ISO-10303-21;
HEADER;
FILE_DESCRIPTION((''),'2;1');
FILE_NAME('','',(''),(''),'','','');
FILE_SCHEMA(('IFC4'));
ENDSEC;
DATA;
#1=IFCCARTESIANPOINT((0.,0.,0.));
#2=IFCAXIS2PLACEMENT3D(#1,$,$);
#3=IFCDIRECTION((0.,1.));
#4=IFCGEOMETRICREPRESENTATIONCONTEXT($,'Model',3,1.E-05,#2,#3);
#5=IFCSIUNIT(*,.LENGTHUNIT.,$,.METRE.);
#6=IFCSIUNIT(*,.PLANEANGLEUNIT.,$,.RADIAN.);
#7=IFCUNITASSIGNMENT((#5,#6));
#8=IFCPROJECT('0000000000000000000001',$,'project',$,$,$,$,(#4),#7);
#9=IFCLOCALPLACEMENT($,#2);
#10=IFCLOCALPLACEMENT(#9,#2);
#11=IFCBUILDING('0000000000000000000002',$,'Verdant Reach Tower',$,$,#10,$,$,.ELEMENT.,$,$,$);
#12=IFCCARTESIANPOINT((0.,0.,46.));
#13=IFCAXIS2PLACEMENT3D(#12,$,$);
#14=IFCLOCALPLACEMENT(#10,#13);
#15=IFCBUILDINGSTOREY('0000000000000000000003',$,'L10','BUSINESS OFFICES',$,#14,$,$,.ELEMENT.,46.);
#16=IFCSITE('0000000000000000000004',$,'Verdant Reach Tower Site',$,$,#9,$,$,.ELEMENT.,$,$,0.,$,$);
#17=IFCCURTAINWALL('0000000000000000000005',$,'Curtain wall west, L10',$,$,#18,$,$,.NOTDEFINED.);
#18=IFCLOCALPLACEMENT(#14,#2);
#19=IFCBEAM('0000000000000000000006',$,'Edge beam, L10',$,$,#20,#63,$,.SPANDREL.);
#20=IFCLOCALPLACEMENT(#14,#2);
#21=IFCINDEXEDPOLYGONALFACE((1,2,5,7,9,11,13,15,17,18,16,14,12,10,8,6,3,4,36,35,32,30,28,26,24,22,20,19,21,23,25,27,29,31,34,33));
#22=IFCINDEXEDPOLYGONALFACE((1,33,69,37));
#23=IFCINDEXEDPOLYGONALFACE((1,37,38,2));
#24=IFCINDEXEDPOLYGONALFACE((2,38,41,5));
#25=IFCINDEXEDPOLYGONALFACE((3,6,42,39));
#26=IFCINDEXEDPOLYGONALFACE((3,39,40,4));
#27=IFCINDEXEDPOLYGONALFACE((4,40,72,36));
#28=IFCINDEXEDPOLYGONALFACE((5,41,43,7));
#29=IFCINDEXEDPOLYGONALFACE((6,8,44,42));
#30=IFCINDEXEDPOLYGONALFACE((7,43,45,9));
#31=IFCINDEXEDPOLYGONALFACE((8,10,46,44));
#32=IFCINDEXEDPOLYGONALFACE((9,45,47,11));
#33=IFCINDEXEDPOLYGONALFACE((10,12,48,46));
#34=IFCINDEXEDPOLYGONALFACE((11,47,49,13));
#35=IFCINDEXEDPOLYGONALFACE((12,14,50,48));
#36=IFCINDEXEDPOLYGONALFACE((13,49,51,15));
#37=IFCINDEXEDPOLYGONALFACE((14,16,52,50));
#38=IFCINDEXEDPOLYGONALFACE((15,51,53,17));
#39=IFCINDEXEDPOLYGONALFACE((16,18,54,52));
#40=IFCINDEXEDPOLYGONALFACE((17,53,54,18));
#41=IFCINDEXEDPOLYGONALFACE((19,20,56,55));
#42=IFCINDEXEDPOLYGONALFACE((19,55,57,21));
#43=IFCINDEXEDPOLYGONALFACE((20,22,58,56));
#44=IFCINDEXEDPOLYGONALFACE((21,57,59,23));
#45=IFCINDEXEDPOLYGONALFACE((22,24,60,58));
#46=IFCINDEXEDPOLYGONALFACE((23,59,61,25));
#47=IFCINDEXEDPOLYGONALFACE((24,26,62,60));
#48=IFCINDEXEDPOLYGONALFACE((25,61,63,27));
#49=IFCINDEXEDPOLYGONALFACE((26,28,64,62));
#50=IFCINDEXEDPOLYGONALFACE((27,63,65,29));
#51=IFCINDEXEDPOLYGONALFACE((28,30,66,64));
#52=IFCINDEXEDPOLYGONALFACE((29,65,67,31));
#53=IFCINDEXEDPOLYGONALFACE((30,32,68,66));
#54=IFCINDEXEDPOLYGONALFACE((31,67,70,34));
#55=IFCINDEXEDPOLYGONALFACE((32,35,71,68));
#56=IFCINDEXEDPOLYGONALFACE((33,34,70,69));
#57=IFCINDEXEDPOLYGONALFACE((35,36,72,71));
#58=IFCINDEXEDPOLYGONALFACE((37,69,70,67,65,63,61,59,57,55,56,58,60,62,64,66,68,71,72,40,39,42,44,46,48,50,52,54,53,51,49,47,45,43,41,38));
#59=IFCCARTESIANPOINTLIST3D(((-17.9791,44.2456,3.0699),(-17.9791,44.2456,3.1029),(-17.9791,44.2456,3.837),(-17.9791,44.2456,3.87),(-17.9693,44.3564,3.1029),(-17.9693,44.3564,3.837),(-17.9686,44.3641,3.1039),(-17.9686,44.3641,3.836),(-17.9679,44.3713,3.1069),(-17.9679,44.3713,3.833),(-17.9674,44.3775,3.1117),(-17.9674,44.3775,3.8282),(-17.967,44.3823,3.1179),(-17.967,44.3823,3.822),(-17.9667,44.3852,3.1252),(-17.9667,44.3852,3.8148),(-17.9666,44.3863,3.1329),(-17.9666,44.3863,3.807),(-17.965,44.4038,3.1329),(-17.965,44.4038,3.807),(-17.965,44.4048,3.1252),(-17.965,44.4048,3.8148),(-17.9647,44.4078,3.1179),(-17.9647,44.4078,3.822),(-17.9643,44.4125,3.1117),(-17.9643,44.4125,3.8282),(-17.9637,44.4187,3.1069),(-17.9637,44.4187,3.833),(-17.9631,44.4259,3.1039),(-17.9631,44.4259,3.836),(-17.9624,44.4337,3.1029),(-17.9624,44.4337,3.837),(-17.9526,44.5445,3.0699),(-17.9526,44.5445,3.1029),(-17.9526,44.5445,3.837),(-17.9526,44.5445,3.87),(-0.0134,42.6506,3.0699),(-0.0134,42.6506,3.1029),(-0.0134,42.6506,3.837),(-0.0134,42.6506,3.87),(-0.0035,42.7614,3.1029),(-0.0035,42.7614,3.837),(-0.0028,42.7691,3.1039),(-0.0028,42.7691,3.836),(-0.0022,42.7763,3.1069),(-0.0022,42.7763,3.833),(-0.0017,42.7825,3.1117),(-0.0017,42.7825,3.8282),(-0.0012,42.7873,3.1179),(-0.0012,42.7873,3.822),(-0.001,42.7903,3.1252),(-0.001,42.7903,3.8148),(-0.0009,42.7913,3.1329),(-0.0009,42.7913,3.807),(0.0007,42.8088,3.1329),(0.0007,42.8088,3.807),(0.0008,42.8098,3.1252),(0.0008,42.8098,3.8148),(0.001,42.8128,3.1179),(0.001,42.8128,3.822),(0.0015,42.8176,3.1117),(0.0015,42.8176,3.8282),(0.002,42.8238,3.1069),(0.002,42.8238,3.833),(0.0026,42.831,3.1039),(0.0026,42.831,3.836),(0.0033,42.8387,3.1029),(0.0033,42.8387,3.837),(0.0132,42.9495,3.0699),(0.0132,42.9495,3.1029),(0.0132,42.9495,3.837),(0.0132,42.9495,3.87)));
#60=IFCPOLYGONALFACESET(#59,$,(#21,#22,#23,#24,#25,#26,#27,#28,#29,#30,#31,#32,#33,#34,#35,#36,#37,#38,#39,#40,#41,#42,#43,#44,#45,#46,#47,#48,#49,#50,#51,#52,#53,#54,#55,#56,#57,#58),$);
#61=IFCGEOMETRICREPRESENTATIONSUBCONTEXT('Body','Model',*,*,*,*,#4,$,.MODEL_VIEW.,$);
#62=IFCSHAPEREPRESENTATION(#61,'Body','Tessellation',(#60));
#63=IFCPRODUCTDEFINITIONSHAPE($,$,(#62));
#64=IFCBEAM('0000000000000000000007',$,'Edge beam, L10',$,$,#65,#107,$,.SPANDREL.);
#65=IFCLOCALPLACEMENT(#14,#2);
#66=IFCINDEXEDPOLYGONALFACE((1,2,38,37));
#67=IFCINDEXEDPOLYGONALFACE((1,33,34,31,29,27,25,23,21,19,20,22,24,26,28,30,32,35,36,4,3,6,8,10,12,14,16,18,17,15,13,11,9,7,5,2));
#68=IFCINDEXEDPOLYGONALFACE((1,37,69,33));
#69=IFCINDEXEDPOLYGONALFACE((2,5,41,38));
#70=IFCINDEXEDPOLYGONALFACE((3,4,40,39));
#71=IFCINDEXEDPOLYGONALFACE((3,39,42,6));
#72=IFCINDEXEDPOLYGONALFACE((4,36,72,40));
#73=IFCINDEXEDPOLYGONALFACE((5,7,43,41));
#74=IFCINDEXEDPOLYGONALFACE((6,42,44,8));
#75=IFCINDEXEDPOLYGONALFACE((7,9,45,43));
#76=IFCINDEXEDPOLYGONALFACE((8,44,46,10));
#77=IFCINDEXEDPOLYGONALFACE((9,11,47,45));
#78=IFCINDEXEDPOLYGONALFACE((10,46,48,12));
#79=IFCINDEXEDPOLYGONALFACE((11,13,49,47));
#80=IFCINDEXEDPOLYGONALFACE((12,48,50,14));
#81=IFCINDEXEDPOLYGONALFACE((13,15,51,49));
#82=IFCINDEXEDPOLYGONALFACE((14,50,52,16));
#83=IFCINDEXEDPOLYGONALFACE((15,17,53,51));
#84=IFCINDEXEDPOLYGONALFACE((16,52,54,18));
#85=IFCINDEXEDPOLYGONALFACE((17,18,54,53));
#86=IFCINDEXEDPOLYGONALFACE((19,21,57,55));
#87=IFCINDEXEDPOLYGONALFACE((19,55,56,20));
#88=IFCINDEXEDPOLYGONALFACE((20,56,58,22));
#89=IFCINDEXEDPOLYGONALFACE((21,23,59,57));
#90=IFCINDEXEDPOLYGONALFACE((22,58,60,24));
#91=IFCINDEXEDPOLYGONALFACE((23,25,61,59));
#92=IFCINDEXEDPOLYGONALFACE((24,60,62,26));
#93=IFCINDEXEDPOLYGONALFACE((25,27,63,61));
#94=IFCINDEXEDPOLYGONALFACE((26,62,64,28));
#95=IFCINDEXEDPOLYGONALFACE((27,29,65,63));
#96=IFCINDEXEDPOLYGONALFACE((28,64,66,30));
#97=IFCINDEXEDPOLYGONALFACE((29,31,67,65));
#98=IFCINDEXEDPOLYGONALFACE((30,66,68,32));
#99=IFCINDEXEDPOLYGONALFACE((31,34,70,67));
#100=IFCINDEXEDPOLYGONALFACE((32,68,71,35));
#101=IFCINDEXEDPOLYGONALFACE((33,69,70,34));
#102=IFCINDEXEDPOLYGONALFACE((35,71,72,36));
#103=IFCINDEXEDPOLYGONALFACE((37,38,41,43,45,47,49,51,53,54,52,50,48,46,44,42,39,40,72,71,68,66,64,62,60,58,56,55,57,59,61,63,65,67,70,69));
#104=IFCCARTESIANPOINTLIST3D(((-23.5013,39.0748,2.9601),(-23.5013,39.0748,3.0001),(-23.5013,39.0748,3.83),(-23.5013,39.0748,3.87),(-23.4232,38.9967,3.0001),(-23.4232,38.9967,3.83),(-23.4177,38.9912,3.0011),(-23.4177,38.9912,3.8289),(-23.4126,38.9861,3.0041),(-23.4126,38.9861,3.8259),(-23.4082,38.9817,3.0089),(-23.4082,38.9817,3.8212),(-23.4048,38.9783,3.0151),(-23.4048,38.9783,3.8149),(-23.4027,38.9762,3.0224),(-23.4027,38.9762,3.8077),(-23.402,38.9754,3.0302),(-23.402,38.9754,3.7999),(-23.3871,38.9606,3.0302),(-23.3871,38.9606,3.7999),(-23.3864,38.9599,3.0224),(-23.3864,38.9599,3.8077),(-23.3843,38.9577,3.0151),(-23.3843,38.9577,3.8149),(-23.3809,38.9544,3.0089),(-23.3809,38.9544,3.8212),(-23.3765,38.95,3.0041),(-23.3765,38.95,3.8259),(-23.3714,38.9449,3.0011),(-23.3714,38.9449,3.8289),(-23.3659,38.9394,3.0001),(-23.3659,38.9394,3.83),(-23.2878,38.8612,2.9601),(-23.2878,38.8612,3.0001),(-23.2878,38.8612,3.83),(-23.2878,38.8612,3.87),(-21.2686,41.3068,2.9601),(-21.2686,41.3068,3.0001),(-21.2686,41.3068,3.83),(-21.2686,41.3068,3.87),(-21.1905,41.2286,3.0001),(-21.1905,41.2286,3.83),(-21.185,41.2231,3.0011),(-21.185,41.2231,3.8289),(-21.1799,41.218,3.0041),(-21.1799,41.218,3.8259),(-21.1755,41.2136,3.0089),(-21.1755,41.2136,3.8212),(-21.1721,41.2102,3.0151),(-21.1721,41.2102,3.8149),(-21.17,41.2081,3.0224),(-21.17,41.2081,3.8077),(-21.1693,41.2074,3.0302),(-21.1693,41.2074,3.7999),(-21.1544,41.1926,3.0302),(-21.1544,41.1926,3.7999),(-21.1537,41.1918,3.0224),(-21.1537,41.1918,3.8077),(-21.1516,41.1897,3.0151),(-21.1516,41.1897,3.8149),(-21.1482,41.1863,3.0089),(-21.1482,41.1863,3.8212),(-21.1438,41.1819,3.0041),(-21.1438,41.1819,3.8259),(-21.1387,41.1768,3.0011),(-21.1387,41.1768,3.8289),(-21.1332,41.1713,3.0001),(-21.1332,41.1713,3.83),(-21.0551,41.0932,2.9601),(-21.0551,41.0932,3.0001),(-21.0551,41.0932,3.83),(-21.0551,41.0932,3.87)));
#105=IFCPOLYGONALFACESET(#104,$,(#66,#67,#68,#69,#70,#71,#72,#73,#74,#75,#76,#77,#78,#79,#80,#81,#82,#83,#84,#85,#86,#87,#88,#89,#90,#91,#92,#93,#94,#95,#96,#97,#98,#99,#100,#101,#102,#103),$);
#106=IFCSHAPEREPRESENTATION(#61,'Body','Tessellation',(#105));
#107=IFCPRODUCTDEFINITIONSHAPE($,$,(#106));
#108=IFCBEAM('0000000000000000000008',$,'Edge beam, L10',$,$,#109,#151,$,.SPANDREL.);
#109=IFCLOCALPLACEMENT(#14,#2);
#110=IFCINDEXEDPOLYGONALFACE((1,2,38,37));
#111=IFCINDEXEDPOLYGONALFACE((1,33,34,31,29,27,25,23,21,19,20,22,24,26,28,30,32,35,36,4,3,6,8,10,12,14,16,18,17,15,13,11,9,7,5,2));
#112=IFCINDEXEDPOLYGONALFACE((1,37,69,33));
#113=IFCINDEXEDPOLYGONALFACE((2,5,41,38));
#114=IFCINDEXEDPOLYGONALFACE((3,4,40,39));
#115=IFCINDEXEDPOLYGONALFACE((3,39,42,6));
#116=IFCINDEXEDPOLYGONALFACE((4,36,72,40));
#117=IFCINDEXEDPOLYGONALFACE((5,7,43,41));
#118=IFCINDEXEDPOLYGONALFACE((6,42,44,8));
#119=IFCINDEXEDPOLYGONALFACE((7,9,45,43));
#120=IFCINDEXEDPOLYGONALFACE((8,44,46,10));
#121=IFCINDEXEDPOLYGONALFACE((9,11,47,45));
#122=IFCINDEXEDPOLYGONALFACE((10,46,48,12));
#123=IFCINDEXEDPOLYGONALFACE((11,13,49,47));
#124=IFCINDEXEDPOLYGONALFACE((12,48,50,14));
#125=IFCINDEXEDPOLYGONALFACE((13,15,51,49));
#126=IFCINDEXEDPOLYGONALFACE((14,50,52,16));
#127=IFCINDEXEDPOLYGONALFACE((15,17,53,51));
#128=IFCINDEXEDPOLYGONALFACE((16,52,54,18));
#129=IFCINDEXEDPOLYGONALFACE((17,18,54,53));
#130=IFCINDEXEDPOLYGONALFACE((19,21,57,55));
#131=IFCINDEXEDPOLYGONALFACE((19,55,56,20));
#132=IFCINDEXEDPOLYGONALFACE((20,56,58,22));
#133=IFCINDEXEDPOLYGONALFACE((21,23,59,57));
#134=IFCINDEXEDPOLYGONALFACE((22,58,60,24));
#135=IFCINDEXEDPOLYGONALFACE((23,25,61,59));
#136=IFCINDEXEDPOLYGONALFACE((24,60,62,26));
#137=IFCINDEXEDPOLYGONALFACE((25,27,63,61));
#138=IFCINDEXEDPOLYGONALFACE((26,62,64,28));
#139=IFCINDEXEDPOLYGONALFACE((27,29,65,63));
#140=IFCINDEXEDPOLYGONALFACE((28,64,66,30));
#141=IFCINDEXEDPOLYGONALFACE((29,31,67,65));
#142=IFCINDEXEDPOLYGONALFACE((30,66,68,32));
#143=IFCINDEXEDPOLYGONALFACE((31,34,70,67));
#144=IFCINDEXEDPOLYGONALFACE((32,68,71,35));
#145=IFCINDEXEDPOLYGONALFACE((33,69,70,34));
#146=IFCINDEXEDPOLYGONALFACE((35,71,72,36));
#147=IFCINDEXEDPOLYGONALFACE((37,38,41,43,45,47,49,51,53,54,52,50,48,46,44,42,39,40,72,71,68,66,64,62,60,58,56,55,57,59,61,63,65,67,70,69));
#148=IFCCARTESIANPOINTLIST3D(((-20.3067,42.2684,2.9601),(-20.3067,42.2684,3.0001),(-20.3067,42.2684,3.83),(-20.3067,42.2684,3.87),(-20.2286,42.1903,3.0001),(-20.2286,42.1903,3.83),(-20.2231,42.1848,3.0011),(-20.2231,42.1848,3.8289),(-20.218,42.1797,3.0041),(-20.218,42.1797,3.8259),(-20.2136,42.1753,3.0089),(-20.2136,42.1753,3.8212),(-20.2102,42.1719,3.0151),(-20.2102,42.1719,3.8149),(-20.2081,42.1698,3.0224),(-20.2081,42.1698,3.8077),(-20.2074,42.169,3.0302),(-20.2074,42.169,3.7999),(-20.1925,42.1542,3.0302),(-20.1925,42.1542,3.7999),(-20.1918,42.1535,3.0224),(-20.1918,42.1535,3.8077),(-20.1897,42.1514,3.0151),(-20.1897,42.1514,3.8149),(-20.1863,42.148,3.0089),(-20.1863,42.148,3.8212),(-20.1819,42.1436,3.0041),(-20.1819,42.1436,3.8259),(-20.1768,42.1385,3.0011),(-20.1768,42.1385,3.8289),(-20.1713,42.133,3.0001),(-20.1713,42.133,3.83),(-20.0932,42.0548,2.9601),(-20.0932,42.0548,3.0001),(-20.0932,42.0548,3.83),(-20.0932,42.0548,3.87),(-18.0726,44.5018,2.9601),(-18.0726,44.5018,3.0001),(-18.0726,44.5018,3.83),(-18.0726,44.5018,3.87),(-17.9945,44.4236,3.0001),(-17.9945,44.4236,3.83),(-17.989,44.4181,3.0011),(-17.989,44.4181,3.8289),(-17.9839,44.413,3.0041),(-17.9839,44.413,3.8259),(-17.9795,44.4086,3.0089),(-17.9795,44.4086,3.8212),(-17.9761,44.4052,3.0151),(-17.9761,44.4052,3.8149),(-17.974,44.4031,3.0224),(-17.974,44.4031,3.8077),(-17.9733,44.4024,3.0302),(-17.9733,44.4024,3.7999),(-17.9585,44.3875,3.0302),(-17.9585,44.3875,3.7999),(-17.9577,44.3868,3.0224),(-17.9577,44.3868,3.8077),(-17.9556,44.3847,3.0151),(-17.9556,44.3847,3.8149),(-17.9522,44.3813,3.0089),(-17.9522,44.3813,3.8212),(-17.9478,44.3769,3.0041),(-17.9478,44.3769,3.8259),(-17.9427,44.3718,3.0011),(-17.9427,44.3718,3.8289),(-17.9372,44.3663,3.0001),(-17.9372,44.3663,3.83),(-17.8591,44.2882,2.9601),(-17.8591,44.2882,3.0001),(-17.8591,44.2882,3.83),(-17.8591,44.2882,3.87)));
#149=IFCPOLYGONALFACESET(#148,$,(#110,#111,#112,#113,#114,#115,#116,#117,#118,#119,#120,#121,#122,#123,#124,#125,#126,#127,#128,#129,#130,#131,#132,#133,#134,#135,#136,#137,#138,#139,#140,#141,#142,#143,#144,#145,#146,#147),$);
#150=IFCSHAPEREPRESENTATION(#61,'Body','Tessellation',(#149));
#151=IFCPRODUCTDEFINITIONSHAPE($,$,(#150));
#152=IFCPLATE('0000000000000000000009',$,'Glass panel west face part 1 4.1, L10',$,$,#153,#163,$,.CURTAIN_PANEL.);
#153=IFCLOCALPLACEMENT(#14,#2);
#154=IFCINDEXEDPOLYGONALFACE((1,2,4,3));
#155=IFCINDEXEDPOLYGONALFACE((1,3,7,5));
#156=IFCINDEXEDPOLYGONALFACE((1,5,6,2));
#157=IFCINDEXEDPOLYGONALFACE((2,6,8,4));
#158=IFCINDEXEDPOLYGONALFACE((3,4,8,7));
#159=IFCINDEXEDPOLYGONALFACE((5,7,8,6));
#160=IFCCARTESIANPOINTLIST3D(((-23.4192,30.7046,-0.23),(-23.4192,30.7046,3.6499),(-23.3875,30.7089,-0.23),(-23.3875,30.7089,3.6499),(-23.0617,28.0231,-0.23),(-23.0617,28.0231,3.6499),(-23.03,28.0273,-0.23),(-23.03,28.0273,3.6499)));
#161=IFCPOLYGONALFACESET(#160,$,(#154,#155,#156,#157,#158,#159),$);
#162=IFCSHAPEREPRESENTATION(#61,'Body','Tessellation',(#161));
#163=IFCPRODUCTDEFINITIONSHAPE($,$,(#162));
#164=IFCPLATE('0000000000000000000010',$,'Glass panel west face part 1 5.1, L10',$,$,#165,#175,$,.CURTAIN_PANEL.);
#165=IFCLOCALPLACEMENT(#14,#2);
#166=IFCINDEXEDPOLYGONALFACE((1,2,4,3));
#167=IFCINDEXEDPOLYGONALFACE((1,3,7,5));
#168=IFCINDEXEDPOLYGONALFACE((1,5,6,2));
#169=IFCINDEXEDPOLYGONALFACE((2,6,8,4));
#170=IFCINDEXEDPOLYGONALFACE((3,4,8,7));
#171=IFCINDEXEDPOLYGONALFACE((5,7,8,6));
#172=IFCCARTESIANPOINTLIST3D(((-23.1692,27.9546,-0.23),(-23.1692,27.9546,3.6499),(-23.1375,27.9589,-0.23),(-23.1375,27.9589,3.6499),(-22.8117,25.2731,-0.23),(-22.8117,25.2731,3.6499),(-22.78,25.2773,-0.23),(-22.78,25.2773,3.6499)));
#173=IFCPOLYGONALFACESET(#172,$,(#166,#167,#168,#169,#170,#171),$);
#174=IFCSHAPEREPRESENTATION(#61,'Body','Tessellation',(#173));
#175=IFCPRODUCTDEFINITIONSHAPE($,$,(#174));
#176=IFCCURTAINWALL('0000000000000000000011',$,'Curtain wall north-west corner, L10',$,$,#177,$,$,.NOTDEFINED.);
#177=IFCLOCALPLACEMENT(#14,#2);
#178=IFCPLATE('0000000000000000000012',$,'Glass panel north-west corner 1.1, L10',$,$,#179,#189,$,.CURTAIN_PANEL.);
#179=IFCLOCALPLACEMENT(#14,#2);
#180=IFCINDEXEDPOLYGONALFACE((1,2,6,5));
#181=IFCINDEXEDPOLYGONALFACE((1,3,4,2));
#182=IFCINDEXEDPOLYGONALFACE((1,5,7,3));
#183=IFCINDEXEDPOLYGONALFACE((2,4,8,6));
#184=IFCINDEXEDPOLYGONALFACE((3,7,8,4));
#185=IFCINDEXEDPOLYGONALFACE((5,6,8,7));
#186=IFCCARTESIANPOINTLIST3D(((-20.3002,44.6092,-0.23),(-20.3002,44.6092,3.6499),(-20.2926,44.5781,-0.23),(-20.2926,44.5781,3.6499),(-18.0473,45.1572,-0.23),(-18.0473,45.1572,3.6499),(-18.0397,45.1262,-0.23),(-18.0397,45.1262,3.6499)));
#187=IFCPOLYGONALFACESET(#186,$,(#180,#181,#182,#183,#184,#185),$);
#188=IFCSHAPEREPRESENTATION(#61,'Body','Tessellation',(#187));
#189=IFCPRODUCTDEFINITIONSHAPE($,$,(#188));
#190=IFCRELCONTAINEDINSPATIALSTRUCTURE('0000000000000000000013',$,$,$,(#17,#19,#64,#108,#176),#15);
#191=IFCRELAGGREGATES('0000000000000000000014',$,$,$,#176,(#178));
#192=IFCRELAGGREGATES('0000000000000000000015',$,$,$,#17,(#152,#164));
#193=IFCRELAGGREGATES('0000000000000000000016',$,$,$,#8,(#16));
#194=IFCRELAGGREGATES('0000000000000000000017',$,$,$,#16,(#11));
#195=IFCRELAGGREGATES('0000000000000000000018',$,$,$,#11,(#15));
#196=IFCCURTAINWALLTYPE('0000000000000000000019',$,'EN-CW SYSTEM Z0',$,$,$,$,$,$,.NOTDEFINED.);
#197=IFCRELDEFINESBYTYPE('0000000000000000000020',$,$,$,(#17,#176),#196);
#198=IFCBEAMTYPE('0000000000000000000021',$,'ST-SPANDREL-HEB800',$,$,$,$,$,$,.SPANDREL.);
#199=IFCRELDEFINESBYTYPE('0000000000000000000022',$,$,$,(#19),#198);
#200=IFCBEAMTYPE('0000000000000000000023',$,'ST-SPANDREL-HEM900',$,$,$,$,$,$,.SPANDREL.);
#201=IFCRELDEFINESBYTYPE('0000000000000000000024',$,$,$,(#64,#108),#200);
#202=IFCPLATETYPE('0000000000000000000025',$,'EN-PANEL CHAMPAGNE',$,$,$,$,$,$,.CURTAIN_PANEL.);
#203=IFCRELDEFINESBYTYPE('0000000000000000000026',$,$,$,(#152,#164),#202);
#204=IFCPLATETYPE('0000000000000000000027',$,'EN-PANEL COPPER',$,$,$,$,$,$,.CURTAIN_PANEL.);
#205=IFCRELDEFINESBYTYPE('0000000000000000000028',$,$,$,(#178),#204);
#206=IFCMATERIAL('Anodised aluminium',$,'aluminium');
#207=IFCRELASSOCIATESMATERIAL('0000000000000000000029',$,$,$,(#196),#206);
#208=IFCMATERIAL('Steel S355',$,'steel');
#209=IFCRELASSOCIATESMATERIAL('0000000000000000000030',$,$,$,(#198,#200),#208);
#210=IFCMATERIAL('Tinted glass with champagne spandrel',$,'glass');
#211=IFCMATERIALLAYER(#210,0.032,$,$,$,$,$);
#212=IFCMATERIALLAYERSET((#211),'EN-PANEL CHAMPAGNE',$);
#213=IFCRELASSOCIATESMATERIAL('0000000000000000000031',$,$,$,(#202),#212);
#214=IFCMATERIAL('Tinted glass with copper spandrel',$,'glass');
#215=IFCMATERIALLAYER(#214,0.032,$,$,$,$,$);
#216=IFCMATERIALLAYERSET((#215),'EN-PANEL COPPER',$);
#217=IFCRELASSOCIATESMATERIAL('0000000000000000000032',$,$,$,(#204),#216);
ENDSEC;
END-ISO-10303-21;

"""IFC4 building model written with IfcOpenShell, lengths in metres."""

from ifc_helpers import new_model, si_unit, direction, frame, origin, origin_2d, place, context, subcontext, project, spatial, rectangle, i_section, extrude, material, layer, layer_set, material_profile, profile_set, type_object, element, aggregate, save


model = new_model("IFC4")

# Units and contexts
model_context = context("Model", 3, precision=1e-05, world=origin(), true_north=direction((0.0, 1.0)))
body_context = subcontext(model_context, "Body", "Model", "MODEL_VIEW")
ifc_project = project(units=[si_unit("LENGTHUNIT", "METRE"), si_unit("PLANEANGLEUNIT", "RADIAN")], contexts=[model_context])

# Site, building, storey
site_placement = place(None, origin())
site = spatial("IfcSite", under=ifc_project, at=site_placement, Name="Verdant Reach Tower Site", CompositionType="ELEMENT", RefElevation=0.0)
building_placement = place(site_placement, origin())
building = spatial("IfcBuilding", under=site, at=building_placement, Name="Verdant Reach Tower", CompositionType="ELEMENT")
storey_placement = place(building_placement, frame((0.0, 0.0, 46.0)))
storey = spatial("IfcBuildingStorey", under=building, at=storey_placement, Name="L10", Description="BUSINESS OFFICES", CompositionType="ELEMENT", Elevation=46.0)

# Curtain wall
ifc_material_1 = material(Name="Anodised aluminium", Category="aluminium")
curtain_wall_type = type_object("IfcCurtainWallType", Name="EN-CW SYSTEM Z0", PredefinedType="NOTDEFINED", material=ifc_material_1)
curtain_wall_1_placement = place(storey_placement, origin())
curtain_wall_1 = element("IfcCurtainWall", 1, at=curtain_wall_1_placement, inside=storey, type_object=curtain_wall_type, Name="Curtain wall west, L10", PredefinedType="NOTDEFINED")

# Beams
ifc_material_2 = material(Name="Steel S355", Category="steel")
ifc_material_profile_1 = material_profile(ifc_material_2, i_section(OverallWidth=0.3, OverallDepth=0.8, WebThickness=0.0176, FlangeThickness=0.033, FilletRadius=0.03, at=origin_2d()), Name="HEB 800")
ifc_profile_set_1 = profile_set([ifc_material_profile_1], Name="Steel S355")
beam_type_1 = type_object("IfcBeamType", Name="ST-SPANDREL-HEB800", PredefinedType="SPANDREL", material=ifc_profile_set_1)
beam_1_placement = place(storey_placement, frame((-17.9658, 44.395, 3.47), z_axis=(0.996082, -0.08843, 0.0), x_axis=(0.08843, 0.996082, 0.0)))
element("IfcBeam", 2, at=beam_1_placement, inside=storey, type_object=beam_type_1, Name="Edge beam, L10", PredefinedType="SPANDREL", context=body_context, shape_type="SweptSolid", body=[
    extrude(i_section(OverallWidth=0.3, OverallDepth=0.8, WebThickness=0.0176, FlangeThickness=0.033, FilletRadius=0.03, at=origin_2d()), origin(), (0.0, 0.0, 1.0), 18.0364),
])
ifc_material_profile_2 = material_profile(ifc_material_2, i_section(OverallWidth=0.302, OverallDepth=0.9099, WebThickness=0.021, FlangeThickness=0.04, FilletRadius=0.03, at=origin_2d()), Name="HEM 900")
ifc_profile_set_2 = profile_set([ifc_material_profile_2], Name="Steel S355")
beam_type_2 = type_object("IfcBeamType", Name="ST-SPANDREL-HEM900", PredefinedType="SPANDREL", material=ifc_profile_set_2)
beam_2_placement = place(storey_placement, frame((-23.3945, 38.968, 3.415), z_axis=(0.707223, 0.706991, 0.0), x_axis=(-0.706991, 0.707223, 0.0)))
element("IfcBeam", 3, at=beam_2_placement, inside=storey, type_object=beam_type_2, Name="Edge beam, L10", PredefinedType="SPANDREL", context=body_context, shape_type="SweptSolid", body=[
    extrude(i_section(OverallWidth=0.302, OverallDepth=0.9099, WebThickness=0.021, FlangeThickness=0.04, FilletRadius=0.03, at=origin_2d()), origin(), (0.0, 0.0, 1.0), 3.157),
])
beam_3_placement = place(storey_placement, frame((-20.2, 42.1616, 3.415), z_axis=(0.707223, 0.706991, 0.0), x_axis=(-0.706991, 0.707223, 0.0)))
element("IfcBeam", 4, at=beam_3_placement, inside=storey, type_object=beam_type_2, Name="Edge beam, L10", PredefinedType="SPANDREL", context=body_context, shape_type="SweptSolid", body=[
    extrude(i_section(OverallWidth=0.302, OverallDepth=0.9099, WebThickness=0.021, FlangeThickness=0.04, FilletRadius=0.03, at=origin_2d()), origin(), (0.0, 0.0, 1.0), 3.1589),
])

# Plates
ifc_material_3 = material(Name="Tinted glass with champagne spandrel", Category="glass")
ifc_layer_1 = layer(ifc_material_3, 0.032)
ifc_layer_set_1 = layer_set([ifc_layer_1], Name="EN-PANEL CHAMPAGNE")
plate_type_1 = type_object("IfcPlateType", Name="EN-PANEL CHAMPAGNE", PredefinedType="CURTAIN_PANEL", material=ifc_layer_set_1)
plate_1_placement = place(storey_placement, frame((-23.2246, 29.366, -0.23), z_axis=(0.0, 0.0, 1.0), x_axis=(0.13216, -0.991228, 0.0)))
plate_1 = element("IfcPlate", 5, at=plate_1_placement, type_object=plate_type_1, Name="Glass panel west face part 1 4.1, L10", PredefinedType="CURTAIN_PANEL", context=body_context, shape_type="SweptSolid", body=[
    extrude(rectangle(XDim=2.7053, YDim=0.032, at=origin_2d()), origin(), (0.0, 0.0, 1.0), 3.8799),
])
plate_2_placement = place(storey_placement, frame((-22.9746, 26.616, -0.23), z_axis=(0.0, 0.0, 1.0), x_axis=(0.13216, -0.991228, 0.0)))
plate_2 = element("IfcPlate", 6, at=plate_2_placement, type_object=plate_type_1, Name="Glass panel west face part 1 5.1, L10", PredefinedType="CURTAIN_PANEL", context=body_context, shape_type="SweptSolid", body=[
    extrude(rectangle(XDim=2.7053, YDim=0.032, at=origin_2d()), origin(), (0.0, 0.0, 1.0), 3.8799),
])

# Curtain wall, plate
curtain_wall_2_placement = place(storey_placement, origin())
curtain_wall_2 = element("IfcCurtainWall", 7, at=curtain_wall_2_placement, inside=storey, type_object=curtain_wall_type, Name="Curtain wall north-west corner, L10", PredefinedType="NOTDEFINED")
ifc_material_4 = material(Name="Tinted glass with copper spandrel", Category="glass")
ifc_layer_2 = layer(ifc_material_4, 0.032)
ifc_layer_set_2 = layer_set([ifc_layer_2], Name="EN-PANEL COPPER")
plate_type_2 = type_object("IfcPlateType", Name="EN-PANEL COPPER", PredefinedType="CURTAIN_PANEL", material=ifc_layer_set_2)
plate_3_placement = place(storey_placement, frame((-19.1699, 44.8677, -0.23), z_axis=(0.0, 0.0, 1.0), x_axis=(-0.971663, -0.236369, 0.0)))
plate_3 = element("IfcPlate", 8, at=plate_3_placement, type_object=plate_type_2, Name="Glass panel north-west corner 1.1, L10", PredefinedType="CURTAIN_PANEL", context=body_context, shape_type="SweptSolid", body=[
    extrude(rectangle(XDim=2.3186, YDim=0.032, at=origin_2d()), origin(), (0.0, 0.0, 1.0), 3.8799),
])

aggregate(curtain_wall_2, [plate_3])
aggregate(curtain_wall_1, [plate_1, plate_2])

save(model, "model.ifc")
